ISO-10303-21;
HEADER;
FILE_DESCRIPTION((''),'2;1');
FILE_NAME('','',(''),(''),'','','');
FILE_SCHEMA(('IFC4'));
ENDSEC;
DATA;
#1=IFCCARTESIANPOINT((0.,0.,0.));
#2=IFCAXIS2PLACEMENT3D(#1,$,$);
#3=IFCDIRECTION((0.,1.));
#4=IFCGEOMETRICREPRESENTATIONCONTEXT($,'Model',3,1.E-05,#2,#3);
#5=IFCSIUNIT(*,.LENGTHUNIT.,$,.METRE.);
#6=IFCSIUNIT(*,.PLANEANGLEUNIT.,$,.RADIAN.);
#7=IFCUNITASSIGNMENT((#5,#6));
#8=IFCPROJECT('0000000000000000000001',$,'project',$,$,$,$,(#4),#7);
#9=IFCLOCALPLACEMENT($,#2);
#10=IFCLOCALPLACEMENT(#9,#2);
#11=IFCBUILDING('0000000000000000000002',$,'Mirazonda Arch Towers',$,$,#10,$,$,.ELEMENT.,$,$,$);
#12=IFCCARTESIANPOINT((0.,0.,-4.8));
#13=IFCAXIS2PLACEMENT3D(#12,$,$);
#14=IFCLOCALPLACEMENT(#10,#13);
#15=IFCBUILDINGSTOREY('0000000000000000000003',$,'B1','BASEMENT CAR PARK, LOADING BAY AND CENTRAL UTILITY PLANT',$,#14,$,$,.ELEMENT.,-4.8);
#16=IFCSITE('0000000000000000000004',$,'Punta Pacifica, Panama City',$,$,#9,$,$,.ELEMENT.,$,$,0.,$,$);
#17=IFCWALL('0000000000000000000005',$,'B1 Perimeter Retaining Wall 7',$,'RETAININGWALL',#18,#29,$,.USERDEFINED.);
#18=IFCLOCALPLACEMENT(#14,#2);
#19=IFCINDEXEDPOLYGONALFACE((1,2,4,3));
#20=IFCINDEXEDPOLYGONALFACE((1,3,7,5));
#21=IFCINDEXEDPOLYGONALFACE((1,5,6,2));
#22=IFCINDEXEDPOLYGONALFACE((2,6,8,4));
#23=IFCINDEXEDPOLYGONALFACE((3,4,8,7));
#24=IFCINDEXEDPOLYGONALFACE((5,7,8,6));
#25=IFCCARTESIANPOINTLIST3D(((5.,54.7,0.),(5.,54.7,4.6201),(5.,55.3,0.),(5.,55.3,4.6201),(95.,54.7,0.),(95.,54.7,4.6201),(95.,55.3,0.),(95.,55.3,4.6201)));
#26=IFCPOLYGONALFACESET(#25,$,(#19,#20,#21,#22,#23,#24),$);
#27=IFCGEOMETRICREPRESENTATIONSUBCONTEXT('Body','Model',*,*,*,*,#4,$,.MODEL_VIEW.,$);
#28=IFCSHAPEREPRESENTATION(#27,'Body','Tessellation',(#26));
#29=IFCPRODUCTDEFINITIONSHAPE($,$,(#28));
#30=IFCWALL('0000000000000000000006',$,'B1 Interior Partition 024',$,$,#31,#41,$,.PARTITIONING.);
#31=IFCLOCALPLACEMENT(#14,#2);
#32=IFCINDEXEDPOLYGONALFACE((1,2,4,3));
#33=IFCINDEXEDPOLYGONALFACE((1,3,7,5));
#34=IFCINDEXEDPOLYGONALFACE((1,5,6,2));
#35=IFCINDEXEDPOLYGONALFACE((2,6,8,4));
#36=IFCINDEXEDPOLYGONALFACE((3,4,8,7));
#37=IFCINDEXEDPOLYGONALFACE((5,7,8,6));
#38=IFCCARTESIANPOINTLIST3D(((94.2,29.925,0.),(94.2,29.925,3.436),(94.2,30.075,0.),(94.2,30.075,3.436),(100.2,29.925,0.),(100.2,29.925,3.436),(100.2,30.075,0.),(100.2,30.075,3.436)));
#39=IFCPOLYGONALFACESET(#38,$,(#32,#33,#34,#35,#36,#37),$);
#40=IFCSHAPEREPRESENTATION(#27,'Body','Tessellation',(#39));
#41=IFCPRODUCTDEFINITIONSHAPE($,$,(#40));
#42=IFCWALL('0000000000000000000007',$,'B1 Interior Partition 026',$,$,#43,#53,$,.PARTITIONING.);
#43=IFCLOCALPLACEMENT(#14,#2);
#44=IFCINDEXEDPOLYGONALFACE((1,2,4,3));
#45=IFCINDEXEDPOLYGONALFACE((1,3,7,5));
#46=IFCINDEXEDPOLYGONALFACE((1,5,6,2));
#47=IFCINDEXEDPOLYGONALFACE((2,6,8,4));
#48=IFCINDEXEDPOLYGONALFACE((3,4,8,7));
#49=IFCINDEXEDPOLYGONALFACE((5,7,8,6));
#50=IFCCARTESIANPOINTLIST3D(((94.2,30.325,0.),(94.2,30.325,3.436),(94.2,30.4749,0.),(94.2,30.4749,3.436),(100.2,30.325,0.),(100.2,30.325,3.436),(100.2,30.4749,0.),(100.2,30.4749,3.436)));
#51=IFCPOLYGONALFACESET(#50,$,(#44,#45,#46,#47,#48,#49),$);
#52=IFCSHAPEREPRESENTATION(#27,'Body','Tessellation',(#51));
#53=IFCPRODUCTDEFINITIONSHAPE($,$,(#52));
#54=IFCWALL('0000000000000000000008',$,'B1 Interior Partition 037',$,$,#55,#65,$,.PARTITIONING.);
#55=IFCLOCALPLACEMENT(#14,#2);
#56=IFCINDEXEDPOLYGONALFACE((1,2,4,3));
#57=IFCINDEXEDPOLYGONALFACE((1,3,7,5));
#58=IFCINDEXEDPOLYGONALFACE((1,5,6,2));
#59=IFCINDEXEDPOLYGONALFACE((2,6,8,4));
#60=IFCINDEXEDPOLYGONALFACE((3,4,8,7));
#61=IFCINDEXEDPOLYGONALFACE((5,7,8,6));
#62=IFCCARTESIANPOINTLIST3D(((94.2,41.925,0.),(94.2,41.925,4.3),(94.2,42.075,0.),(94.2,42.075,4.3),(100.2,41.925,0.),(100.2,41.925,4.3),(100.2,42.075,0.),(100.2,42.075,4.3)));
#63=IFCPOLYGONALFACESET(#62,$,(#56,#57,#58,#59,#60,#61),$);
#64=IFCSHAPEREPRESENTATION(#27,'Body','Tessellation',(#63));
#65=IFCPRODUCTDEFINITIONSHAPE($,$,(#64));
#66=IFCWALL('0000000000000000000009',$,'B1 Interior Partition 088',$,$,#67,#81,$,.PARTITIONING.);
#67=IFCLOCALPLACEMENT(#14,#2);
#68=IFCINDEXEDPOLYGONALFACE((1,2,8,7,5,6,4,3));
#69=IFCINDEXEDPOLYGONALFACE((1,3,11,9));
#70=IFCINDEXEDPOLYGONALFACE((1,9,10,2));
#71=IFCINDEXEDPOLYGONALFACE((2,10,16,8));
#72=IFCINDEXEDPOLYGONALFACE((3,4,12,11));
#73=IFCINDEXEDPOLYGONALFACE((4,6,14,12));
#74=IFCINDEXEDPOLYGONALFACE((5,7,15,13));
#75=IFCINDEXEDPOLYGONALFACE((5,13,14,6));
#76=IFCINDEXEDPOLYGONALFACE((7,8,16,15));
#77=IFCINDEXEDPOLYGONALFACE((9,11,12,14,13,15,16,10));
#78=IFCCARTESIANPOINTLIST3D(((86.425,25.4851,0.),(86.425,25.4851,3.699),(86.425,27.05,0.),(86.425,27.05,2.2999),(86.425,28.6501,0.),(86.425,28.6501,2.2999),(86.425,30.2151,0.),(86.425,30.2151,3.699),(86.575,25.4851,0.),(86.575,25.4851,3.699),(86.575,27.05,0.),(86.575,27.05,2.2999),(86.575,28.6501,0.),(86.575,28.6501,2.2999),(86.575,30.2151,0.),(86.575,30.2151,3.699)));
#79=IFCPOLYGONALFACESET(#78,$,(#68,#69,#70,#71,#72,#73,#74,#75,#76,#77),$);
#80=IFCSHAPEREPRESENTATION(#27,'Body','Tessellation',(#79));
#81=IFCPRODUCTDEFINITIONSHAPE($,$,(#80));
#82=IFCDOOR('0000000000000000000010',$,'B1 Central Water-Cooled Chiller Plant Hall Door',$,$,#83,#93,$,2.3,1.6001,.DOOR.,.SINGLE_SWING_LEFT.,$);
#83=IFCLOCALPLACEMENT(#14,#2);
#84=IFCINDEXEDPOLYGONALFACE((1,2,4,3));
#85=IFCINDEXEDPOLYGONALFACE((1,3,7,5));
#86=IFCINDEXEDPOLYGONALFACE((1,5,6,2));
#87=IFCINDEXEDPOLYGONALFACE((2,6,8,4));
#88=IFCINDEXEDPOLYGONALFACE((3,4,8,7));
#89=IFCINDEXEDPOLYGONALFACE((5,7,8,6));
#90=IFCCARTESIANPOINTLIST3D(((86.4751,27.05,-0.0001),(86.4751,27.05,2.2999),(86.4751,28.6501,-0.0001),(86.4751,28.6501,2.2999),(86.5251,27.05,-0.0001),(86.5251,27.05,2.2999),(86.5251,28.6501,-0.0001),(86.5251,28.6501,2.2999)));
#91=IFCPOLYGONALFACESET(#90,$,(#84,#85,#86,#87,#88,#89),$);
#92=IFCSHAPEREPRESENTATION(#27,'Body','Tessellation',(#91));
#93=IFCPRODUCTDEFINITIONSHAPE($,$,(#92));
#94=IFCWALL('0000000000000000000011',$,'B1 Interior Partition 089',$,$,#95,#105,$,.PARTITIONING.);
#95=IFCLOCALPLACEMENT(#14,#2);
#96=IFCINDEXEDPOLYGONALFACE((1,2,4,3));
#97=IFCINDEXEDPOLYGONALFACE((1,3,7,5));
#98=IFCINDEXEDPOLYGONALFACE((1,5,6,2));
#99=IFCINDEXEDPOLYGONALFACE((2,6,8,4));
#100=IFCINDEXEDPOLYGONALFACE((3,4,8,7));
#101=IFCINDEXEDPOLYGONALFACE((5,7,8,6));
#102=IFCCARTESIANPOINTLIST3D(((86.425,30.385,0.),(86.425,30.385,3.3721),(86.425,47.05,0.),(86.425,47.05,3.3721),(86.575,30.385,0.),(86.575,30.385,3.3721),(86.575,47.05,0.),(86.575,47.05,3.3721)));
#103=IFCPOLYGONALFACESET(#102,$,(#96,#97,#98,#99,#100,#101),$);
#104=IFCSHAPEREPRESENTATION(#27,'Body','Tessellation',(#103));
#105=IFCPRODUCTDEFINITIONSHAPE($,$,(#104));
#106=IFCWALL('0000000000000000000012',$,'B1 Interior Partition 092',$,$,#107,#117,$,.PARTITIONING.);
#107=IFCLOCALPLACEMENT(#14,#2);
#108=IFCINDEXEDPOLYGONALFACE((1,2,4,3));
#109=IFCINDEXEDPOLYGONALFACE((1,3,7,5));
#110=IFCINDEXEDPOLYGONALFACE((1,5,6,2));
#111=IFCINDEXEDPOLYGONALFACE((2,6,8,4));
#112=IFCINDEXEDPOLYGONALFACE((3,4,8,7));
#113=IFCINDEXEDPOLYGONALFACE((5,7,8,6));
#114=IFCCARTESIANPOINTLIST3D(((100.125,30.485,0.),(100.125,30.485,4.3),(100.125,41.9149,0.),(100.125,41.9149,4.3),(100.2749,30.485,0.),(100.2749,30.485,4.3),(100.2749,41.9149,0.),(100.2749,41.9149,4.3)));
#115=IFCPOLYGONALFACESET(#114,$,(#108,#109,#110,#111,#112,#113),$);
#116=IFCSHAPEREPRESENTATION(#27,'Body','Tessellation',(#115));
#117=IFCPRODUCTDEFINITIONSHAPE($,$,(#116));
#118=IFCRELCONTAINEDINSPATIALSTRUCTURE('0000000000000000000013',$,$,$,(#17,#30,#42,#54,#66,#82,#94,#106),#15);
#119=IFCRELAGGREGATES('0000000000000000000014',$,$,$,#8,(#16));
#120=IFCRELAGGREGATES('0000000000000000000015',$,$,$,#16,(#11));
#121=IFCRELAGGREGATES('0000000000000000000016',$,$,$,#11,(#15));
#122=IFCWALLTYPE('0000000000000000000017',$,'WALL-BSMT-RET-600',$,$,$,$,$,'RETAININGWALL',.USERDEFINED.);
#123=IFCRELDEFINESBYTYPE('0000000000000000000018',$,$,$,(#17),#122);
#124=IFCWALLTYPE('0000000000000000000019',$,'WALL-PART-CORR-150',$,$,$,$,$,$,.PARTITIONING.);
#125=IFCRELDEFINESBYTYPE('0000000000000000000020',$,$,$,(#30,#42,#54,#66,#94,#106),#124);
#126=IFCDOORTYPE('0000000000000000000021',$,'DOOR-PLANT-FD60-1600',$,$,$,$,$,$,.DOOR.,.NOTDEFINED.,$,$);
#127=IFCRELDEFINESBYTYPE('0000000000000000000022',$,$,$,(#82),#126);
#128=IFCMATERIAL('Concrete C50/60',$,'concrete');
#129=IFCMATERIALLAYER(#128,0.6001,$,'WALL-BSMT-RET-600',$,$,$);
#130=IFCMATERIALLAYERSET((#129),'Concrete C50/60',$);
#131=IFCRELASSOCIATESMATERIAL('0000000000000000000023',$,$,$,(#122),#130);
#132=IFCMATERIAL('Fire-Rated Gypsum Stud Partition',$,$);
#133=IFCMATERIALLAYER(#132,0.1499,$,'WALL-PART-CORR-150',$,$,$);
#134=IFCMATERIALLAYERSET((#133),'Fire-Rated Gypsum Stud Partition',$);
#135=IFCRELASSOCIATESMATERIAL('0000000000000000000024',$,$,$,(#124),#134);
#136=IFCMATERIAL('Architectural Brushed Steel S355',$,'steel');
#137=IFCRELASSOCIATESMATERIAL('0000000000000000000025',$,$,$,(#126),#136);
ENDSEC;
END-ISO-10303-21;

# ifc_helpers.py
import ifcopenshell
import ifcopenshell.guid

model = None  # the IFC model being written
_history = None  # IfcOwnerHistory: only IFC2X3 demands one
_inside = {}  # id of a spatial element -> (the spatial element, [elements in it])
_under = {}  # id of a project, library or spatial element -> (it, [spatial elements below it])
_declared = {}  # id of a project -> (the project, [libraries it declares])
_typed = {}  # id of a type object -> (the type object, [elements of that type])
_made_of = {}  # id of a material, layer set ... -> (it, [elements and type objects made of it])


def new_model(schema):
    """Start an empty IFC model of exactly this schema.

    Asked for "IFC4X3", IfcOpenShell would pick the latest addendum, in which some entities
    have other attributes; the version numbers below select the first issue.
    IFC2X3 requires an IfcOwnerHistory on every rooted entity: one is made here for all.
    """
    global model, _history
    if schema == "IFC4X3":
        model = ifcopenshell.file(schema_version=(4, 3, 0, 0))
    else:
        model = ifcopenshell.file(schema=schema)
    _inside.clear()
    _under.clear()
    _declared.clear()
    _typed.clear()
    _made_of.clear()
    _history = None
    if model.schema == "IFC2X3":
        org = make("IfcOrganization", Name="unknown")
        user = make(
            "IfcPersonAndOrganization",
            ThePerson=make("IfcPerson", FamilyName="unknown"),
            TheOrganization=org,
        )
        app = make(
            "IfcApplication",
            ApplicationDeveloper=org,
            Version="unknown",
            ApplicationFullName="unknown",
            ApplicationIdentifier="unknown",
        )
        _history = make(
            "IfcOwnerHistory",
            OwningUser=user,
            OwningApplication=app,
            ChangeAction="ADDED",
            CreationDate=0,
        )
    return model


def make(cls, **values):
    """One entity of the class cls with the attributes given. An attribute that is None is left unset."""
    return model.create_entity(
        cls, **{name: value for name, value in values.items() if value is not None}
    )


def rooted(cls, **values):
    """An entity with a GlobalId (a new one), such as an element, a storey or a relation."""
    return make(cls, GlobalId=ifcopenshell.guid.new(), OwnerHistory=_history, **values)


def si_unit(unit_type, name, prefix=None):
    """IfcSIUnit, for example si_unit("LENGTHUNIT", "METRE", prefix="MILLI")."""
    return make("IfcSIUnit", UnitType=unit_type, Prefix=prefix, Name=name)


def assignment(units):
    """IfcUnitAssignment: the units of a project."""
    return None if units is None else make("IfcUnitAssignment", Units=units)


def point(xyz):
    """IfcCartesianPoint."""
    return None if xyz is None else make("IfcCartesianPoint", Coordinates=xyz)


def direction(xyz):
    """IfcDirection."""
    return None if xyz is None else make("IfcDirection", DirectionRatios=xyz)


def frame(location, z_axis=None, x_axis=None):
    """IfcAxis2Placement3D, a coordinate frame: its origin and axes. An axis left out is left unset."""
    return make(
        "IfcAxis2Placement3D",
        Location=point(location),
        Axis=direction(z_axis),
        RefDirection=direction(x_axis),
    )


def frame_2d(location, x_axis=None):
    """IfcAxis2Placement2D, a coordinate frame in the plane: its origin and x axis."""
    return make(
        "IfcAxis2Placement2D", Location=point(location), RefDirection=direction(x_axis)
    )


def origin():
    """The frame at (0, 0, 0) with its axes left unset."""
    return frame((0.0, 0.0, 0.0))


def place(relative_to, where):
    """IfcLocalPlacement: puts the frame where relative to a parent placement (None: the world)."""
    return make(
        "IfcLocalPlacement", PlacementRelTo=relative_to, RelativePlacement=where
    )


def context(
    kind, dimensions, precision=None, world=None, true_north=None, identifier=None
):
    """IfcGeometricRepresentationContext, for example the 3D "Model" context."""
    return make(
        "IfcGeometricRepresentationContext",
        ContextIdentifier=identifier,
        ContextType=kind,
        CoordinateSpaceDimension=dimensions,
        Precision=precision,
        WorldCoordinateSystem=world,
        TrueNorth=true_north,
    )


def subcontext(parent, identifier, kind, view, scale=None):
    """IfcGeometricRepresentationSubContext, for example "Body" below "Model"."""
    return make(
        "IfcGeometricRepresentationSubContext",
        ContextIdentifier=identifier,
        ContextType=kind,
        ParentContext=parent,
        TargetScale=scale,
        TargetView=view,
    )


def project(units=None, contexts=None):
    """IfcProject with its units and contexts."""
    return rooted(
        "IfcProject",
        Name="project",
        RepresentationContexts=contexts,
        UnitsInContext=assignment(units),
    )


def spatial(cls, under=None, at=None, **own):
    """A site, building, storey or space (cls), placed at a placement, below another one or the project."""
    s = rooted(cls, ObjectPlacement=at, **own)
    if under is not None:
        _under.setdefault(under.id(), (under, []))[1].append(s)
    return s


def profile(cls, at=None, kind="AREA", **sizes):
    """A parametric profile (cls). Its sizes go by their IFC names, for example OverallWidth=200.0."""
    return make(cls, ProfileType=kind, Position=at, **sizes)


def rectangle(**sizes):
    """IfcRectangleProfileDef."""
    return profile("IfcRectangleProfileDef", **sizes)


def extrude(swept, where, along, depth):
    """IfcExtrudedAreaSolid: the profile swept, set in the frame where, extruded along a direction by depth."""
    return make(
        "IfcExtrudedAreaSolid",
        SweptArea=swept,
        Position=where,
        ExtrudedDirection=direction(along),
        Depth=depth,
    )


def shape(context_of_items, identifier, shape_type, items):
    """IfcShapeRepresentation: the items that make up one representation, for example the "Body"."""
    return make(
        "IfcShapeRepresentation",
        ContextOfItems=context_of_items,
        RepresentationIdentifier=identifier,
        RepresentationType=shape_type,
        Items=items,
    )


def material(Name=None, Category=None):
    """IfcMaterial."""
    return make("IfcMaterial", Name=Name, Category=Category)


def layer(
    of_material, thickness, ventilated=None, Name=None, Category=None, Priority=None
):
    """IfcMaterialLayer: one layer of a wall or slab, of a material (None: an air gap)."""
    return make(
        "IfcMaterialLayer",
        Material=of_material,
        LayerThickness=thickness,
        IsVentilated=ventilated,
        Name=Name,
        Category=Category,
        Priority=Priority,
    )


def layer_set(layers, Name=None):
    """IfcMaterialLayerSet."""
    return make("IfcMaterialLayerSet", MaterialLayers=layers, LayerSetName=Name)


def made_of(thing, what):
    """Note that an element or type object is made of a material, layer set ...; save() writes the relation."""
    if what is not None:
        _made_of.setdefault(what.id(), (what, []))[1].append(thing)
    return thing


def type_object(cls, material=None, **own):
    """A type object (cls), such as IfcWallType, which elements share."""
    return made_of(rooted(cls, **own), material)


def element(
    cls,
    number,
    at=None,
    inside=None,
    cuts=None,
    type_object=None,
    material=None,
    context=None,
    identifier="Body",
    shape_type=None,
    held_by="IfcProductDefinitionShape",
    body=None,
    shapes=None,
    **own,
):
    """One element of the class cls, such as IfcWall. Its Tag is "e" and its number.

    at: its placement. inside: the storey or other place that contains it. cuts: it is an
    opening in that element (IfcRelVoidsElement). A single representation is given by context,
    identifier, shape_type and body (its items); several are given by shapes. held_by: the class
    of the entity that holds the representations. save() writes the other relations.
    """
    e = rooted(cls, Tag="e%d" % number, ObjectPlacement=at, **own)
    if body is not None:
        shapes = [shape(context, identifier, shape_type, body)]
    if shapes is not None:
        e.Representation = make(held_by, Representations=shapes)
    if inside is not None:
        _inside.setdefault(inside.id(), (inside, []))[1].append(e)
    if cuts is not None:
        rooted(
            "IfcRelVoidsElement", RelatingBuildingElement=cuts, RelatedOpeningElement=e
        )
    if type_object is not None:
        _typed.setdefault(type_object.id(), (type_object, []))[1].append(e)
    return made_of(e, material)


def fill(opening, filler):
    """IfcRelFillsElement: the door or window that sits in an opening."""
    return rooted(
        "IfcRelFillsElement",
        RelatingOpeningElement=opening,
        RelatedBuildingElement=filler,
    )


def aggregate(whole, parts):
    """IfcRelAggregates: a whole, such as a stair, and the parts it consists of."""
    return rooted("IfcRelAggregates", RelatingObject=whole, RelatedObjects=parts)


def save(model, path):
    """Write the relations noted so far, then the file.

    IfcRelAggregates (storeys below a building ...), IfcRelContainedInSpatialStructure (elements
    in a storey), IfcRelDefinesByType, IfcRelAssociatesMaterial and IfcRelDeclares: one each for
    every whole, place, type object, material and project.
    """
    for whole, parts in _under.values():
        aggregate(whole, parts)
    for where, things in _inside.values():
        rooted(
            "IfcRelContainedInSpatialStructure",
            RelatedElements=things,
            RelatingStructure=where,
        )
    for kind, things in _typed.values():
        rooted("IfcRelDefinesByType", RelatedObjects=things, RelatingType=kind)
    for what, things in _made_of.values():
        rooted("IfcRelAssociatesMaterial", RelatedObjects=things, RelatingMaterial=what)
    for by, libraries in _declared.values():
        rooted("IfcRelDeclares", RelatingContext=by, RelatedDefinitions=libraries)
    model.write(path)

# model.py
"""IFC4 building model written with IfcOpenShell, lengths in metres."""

from ifc_helpers import new_model, si_unit, direction, frame, frame_2d, origin, place, context, subcontext, project, spatial, rectangle, extrude, material, layer, layer_set, type_object, element, fill, save


model = new_model("IFC4")

# Units and contexts
model_context = context("Model", 3, precision=1e-05, world=origin(), true_north=direction((0.0, 1.0)))
body_context = subcontext(model_context, "Body", "Model", "MODEL_VIEW")
ifc_project = project(units=[si_unit("LENGTHUNIT", "METRE"), si_unit("PLANEANGLEUNIT", "RADIAN")], contexts=[model_context])

# Site, building, storey
site_placement = place(None, origin())
site = spatial("IfcSite", under=ifc_project, at=site_placement, Name="Punta Pacifica, Panama City", CompositionType="ELEMENT", RefElevation=0.0)
building_placement = place(site_placement, origin())
building = spatial("IfcBuilding", under=site, at=building_placement, Name="Mirazonda Arch Towers", CompositionType="ELEMENT")
storey_placement = place(building_placement, frame((0.0, 0.0, -4.8)))
storey = spatial("IfcBuildingStorey", under=building, at=storey_placement, Name="B1", Description="BASEMENT CAR PARK, LOADING BAY AND CENTRAL UTILITY PLANT", CompositionType="ELEMENT", Elevation=-4.8)

# Shared definitions
ifc_material_1 = material(Name="Concrete C50/60", Category="concrete")

# Walls
ifc_layer_1 = layer(ifc_material_1, 0.6001, Name="WALL-BSMT-RET-600")
ifc_layer_set_1 = layer_set([ifc_layer_1], Name="Concrete C50/60")
wall_type_1 = type_object("IfcWallType", Name="WALL-BSMT-RET-600", ElementType="RETAININGWALL", PredefinedType="USERDEFINED", material=ifc_layer_set_1)
wall_1_placement = place(storey_placement, frame((95.0, 55.0, 0.0), z_axis=(0.0, 0.0, 1.0), x_axis=(-1.0, 0.0, 0.0)))
element("IfcWall", 1, at=wall_1_placement, inside=storey, type_object=wall_type_1, Name="B1 Perimeter Retaining Wall 7", ObjectType="RETAININGWALL", PredefinedType="USERDEFINED", context=body_context, shape_type="SweptSolid", body=[
    extrude(rectangle(XDim=90.0, YDim=0.6001, at=frame_2d((45.0, 0.0))), origin(), (0.0, 0.0, 1.0), 4.6201),
])
ifc_material_2 = material(Name="Fire-Rated Gypsum Stud Partition")
ifc_layer_2 = layer(ifc_material_2, 0.1499, Name="WALL-PART-CORR-150")
ifc_layer_set_2 = layer_set([ifc_layer_2], Name="Fire-Rated Gypsum Stud Partition")
wall_type_2 = type_object("IfcWallType", Name="WALL-PART-CORR-150", PredefinedType="PARTITIONING", material=ifc_layer_set_2)
for number, where, z_axis, x_axis, name in (
    (2, (94.2, 30.0, 0.0), (0.0, 0.0, 1.0), (1.0, 0.0, 0.0), "B1 Interior Partition 024"),
    (3, (94.2, 30.3999, 0.0), (0.0, 0.0, 1.0), (1.0, 0.0, 0.0), "B1 Interior Partition 026"),
):
    element("IfcWall", number, at=place(storey_placement, frame(where, z_axis=z_axis, x_axis=x_axis)), inside=storey, type_object=wall_type_2, Name=name, PredefinedType="PARTITIONING", context=body_context, shape_type="SweptSolid", body=[
        extrude(rectangle(XDim=6.0, YDim=0.1499, at=frame_2d((3.0, 0.0))), origin(), (0.0, 0.0, 1.0), 3.436),
    ])
wall_2_placement = place(storey_placement, frame((94.2, 42.0, 0.0), z_axis=(0.0, 0.0, 1.0), x_axis=(1.0, 0.0, 0.0)))
element("IfcWall", 4, at=wall_2_placement, inside=storey, type_object=wall_type_2, Name="B1 Interior Partition 037", PredefinedType="PARTITIONING", context=body_context, shape_type="SweptSolid", body=[
    extrude(rectangle(XDim=6.0, YDim=0.1499, at=frame_2d((3.0, 0.0))), origin(), (0.0, 0.0, 1.0), 4.3),
])

# Wall, opening, door
wall_3_placement = place(storey_placement, frame((86.5, 25.4851, 0.0), z_axis=(0.0, 0.0, 1.0), x_axis=(0.0, 1.0, 0.0)))
wall_3 = element("IfcWall", 5, at=wall_3_placement, inside=storey, type_object=wall_type_2, Name="B1 Interior Partition 088", PredefinedType="PARTITIONING", context=body_context, shape_type="SweptSolid", body=[
    extrude(rectangle(XDim=4.73, YDim=0.1499, at=frame_2d((2.365, 0.0))), origin(), (0.0, 0.0, 1.0), 3.699),
])
opening_placement = place(wall_3_placement, frame((1.5649, 0.0, 0.0)))
opening = element("IfcOpeningElement", 6, at=opening_placement, cuts=wall_3, PredefinedType="OPENING", context=body_context, shape_type="SweptSolid", body=[
    extrude(rectangle(XDim=1.6001, YDim=2.3, at=frame_2d((0.8, 1.1499))), frame((0.0, 0.085, 0.0), z_axis=(0.0, -1.0, 0.0), x_axis=(1.0, 0.0, 0.0)), (0.0, 0.0, 1.0), 0.1699),
])
ifc_material_3 = material(Name="Architectural Brushed Steel S355", Category="steel")
door_type = type_object("IfcDoorType", Name="DOOR-PLANT-FD60-1600", OperationType="NOTDEFINED", PredefinedType="DOOR", material=ifc_material_3)
door_placement = place(opening_placement, origin())
door = element("IfcDoor", 7, at=door_placement, inside=storey, type_object=door_type, Name="B1 Central Water-Cooled Chiller Plant Hall Door", OperationType="SINGLE_SWING_LEFT", OverallHeight=2.3, OverallWidth=1.6001, PredefinedType="DOOR", context=body_context, shape_type="SweptSolid", body=[
    extrude(rectangle(XDim=1.6001, YDim=2.3, at=frame_2d((0.8, 1.1499))), frame((0.0, 0.0249, 0.0), z_axis=(0.0, -1.0, 0.0), x_axis=(1.0, 0.0, 0.0)), (0.0, 0.0, 1.0), 0.05),
])
fill(opening, door)

# Walls
wall_4_placement = place(storey_placement, frame((86.5, 30.385, 0.0), z_axis=(0.0, 0.0, 1.0), x_axis=(0.0, 1.0, 0.0)))
element("IfcWall", 8, at=wall_4_placement, inside=storey, type_object=wall_type_2, Name="B1 Interior Partition 089", PredefinedType="PARTITIONING", context=body_context, shape_type="SweptSolid", body=[
    extrude(rectangle(XDim=16.665, YDim=0.1499, at=frame_2d((8.3325, 0.0))), origin(), (0.0, 0.0, 1.0), 3.3721),
])
wall_5_placement = place(storey_placement, frame((100.2, 30.4851, 0.0), z_axis=(0.0, 0.0, 1.0), x_axis=(0.0, 1.0, 0.0)))
element("IfcWall", 9, at=wall_5_placement, inside=storey, type_object=wall_type_2, Name="B1 Interior Partition 092", PredefinedType="PARTITIONING", context=body_context, shape_type="SweptSolid", body=[
    extrude(rectangle(XDim=11.4299, YDim=0.1499, at=frame_2d((5.7148, 0.0))), origin(), (0.0, 0.0, 1.0), 4.3),
])

save(model, "model.ifc")
